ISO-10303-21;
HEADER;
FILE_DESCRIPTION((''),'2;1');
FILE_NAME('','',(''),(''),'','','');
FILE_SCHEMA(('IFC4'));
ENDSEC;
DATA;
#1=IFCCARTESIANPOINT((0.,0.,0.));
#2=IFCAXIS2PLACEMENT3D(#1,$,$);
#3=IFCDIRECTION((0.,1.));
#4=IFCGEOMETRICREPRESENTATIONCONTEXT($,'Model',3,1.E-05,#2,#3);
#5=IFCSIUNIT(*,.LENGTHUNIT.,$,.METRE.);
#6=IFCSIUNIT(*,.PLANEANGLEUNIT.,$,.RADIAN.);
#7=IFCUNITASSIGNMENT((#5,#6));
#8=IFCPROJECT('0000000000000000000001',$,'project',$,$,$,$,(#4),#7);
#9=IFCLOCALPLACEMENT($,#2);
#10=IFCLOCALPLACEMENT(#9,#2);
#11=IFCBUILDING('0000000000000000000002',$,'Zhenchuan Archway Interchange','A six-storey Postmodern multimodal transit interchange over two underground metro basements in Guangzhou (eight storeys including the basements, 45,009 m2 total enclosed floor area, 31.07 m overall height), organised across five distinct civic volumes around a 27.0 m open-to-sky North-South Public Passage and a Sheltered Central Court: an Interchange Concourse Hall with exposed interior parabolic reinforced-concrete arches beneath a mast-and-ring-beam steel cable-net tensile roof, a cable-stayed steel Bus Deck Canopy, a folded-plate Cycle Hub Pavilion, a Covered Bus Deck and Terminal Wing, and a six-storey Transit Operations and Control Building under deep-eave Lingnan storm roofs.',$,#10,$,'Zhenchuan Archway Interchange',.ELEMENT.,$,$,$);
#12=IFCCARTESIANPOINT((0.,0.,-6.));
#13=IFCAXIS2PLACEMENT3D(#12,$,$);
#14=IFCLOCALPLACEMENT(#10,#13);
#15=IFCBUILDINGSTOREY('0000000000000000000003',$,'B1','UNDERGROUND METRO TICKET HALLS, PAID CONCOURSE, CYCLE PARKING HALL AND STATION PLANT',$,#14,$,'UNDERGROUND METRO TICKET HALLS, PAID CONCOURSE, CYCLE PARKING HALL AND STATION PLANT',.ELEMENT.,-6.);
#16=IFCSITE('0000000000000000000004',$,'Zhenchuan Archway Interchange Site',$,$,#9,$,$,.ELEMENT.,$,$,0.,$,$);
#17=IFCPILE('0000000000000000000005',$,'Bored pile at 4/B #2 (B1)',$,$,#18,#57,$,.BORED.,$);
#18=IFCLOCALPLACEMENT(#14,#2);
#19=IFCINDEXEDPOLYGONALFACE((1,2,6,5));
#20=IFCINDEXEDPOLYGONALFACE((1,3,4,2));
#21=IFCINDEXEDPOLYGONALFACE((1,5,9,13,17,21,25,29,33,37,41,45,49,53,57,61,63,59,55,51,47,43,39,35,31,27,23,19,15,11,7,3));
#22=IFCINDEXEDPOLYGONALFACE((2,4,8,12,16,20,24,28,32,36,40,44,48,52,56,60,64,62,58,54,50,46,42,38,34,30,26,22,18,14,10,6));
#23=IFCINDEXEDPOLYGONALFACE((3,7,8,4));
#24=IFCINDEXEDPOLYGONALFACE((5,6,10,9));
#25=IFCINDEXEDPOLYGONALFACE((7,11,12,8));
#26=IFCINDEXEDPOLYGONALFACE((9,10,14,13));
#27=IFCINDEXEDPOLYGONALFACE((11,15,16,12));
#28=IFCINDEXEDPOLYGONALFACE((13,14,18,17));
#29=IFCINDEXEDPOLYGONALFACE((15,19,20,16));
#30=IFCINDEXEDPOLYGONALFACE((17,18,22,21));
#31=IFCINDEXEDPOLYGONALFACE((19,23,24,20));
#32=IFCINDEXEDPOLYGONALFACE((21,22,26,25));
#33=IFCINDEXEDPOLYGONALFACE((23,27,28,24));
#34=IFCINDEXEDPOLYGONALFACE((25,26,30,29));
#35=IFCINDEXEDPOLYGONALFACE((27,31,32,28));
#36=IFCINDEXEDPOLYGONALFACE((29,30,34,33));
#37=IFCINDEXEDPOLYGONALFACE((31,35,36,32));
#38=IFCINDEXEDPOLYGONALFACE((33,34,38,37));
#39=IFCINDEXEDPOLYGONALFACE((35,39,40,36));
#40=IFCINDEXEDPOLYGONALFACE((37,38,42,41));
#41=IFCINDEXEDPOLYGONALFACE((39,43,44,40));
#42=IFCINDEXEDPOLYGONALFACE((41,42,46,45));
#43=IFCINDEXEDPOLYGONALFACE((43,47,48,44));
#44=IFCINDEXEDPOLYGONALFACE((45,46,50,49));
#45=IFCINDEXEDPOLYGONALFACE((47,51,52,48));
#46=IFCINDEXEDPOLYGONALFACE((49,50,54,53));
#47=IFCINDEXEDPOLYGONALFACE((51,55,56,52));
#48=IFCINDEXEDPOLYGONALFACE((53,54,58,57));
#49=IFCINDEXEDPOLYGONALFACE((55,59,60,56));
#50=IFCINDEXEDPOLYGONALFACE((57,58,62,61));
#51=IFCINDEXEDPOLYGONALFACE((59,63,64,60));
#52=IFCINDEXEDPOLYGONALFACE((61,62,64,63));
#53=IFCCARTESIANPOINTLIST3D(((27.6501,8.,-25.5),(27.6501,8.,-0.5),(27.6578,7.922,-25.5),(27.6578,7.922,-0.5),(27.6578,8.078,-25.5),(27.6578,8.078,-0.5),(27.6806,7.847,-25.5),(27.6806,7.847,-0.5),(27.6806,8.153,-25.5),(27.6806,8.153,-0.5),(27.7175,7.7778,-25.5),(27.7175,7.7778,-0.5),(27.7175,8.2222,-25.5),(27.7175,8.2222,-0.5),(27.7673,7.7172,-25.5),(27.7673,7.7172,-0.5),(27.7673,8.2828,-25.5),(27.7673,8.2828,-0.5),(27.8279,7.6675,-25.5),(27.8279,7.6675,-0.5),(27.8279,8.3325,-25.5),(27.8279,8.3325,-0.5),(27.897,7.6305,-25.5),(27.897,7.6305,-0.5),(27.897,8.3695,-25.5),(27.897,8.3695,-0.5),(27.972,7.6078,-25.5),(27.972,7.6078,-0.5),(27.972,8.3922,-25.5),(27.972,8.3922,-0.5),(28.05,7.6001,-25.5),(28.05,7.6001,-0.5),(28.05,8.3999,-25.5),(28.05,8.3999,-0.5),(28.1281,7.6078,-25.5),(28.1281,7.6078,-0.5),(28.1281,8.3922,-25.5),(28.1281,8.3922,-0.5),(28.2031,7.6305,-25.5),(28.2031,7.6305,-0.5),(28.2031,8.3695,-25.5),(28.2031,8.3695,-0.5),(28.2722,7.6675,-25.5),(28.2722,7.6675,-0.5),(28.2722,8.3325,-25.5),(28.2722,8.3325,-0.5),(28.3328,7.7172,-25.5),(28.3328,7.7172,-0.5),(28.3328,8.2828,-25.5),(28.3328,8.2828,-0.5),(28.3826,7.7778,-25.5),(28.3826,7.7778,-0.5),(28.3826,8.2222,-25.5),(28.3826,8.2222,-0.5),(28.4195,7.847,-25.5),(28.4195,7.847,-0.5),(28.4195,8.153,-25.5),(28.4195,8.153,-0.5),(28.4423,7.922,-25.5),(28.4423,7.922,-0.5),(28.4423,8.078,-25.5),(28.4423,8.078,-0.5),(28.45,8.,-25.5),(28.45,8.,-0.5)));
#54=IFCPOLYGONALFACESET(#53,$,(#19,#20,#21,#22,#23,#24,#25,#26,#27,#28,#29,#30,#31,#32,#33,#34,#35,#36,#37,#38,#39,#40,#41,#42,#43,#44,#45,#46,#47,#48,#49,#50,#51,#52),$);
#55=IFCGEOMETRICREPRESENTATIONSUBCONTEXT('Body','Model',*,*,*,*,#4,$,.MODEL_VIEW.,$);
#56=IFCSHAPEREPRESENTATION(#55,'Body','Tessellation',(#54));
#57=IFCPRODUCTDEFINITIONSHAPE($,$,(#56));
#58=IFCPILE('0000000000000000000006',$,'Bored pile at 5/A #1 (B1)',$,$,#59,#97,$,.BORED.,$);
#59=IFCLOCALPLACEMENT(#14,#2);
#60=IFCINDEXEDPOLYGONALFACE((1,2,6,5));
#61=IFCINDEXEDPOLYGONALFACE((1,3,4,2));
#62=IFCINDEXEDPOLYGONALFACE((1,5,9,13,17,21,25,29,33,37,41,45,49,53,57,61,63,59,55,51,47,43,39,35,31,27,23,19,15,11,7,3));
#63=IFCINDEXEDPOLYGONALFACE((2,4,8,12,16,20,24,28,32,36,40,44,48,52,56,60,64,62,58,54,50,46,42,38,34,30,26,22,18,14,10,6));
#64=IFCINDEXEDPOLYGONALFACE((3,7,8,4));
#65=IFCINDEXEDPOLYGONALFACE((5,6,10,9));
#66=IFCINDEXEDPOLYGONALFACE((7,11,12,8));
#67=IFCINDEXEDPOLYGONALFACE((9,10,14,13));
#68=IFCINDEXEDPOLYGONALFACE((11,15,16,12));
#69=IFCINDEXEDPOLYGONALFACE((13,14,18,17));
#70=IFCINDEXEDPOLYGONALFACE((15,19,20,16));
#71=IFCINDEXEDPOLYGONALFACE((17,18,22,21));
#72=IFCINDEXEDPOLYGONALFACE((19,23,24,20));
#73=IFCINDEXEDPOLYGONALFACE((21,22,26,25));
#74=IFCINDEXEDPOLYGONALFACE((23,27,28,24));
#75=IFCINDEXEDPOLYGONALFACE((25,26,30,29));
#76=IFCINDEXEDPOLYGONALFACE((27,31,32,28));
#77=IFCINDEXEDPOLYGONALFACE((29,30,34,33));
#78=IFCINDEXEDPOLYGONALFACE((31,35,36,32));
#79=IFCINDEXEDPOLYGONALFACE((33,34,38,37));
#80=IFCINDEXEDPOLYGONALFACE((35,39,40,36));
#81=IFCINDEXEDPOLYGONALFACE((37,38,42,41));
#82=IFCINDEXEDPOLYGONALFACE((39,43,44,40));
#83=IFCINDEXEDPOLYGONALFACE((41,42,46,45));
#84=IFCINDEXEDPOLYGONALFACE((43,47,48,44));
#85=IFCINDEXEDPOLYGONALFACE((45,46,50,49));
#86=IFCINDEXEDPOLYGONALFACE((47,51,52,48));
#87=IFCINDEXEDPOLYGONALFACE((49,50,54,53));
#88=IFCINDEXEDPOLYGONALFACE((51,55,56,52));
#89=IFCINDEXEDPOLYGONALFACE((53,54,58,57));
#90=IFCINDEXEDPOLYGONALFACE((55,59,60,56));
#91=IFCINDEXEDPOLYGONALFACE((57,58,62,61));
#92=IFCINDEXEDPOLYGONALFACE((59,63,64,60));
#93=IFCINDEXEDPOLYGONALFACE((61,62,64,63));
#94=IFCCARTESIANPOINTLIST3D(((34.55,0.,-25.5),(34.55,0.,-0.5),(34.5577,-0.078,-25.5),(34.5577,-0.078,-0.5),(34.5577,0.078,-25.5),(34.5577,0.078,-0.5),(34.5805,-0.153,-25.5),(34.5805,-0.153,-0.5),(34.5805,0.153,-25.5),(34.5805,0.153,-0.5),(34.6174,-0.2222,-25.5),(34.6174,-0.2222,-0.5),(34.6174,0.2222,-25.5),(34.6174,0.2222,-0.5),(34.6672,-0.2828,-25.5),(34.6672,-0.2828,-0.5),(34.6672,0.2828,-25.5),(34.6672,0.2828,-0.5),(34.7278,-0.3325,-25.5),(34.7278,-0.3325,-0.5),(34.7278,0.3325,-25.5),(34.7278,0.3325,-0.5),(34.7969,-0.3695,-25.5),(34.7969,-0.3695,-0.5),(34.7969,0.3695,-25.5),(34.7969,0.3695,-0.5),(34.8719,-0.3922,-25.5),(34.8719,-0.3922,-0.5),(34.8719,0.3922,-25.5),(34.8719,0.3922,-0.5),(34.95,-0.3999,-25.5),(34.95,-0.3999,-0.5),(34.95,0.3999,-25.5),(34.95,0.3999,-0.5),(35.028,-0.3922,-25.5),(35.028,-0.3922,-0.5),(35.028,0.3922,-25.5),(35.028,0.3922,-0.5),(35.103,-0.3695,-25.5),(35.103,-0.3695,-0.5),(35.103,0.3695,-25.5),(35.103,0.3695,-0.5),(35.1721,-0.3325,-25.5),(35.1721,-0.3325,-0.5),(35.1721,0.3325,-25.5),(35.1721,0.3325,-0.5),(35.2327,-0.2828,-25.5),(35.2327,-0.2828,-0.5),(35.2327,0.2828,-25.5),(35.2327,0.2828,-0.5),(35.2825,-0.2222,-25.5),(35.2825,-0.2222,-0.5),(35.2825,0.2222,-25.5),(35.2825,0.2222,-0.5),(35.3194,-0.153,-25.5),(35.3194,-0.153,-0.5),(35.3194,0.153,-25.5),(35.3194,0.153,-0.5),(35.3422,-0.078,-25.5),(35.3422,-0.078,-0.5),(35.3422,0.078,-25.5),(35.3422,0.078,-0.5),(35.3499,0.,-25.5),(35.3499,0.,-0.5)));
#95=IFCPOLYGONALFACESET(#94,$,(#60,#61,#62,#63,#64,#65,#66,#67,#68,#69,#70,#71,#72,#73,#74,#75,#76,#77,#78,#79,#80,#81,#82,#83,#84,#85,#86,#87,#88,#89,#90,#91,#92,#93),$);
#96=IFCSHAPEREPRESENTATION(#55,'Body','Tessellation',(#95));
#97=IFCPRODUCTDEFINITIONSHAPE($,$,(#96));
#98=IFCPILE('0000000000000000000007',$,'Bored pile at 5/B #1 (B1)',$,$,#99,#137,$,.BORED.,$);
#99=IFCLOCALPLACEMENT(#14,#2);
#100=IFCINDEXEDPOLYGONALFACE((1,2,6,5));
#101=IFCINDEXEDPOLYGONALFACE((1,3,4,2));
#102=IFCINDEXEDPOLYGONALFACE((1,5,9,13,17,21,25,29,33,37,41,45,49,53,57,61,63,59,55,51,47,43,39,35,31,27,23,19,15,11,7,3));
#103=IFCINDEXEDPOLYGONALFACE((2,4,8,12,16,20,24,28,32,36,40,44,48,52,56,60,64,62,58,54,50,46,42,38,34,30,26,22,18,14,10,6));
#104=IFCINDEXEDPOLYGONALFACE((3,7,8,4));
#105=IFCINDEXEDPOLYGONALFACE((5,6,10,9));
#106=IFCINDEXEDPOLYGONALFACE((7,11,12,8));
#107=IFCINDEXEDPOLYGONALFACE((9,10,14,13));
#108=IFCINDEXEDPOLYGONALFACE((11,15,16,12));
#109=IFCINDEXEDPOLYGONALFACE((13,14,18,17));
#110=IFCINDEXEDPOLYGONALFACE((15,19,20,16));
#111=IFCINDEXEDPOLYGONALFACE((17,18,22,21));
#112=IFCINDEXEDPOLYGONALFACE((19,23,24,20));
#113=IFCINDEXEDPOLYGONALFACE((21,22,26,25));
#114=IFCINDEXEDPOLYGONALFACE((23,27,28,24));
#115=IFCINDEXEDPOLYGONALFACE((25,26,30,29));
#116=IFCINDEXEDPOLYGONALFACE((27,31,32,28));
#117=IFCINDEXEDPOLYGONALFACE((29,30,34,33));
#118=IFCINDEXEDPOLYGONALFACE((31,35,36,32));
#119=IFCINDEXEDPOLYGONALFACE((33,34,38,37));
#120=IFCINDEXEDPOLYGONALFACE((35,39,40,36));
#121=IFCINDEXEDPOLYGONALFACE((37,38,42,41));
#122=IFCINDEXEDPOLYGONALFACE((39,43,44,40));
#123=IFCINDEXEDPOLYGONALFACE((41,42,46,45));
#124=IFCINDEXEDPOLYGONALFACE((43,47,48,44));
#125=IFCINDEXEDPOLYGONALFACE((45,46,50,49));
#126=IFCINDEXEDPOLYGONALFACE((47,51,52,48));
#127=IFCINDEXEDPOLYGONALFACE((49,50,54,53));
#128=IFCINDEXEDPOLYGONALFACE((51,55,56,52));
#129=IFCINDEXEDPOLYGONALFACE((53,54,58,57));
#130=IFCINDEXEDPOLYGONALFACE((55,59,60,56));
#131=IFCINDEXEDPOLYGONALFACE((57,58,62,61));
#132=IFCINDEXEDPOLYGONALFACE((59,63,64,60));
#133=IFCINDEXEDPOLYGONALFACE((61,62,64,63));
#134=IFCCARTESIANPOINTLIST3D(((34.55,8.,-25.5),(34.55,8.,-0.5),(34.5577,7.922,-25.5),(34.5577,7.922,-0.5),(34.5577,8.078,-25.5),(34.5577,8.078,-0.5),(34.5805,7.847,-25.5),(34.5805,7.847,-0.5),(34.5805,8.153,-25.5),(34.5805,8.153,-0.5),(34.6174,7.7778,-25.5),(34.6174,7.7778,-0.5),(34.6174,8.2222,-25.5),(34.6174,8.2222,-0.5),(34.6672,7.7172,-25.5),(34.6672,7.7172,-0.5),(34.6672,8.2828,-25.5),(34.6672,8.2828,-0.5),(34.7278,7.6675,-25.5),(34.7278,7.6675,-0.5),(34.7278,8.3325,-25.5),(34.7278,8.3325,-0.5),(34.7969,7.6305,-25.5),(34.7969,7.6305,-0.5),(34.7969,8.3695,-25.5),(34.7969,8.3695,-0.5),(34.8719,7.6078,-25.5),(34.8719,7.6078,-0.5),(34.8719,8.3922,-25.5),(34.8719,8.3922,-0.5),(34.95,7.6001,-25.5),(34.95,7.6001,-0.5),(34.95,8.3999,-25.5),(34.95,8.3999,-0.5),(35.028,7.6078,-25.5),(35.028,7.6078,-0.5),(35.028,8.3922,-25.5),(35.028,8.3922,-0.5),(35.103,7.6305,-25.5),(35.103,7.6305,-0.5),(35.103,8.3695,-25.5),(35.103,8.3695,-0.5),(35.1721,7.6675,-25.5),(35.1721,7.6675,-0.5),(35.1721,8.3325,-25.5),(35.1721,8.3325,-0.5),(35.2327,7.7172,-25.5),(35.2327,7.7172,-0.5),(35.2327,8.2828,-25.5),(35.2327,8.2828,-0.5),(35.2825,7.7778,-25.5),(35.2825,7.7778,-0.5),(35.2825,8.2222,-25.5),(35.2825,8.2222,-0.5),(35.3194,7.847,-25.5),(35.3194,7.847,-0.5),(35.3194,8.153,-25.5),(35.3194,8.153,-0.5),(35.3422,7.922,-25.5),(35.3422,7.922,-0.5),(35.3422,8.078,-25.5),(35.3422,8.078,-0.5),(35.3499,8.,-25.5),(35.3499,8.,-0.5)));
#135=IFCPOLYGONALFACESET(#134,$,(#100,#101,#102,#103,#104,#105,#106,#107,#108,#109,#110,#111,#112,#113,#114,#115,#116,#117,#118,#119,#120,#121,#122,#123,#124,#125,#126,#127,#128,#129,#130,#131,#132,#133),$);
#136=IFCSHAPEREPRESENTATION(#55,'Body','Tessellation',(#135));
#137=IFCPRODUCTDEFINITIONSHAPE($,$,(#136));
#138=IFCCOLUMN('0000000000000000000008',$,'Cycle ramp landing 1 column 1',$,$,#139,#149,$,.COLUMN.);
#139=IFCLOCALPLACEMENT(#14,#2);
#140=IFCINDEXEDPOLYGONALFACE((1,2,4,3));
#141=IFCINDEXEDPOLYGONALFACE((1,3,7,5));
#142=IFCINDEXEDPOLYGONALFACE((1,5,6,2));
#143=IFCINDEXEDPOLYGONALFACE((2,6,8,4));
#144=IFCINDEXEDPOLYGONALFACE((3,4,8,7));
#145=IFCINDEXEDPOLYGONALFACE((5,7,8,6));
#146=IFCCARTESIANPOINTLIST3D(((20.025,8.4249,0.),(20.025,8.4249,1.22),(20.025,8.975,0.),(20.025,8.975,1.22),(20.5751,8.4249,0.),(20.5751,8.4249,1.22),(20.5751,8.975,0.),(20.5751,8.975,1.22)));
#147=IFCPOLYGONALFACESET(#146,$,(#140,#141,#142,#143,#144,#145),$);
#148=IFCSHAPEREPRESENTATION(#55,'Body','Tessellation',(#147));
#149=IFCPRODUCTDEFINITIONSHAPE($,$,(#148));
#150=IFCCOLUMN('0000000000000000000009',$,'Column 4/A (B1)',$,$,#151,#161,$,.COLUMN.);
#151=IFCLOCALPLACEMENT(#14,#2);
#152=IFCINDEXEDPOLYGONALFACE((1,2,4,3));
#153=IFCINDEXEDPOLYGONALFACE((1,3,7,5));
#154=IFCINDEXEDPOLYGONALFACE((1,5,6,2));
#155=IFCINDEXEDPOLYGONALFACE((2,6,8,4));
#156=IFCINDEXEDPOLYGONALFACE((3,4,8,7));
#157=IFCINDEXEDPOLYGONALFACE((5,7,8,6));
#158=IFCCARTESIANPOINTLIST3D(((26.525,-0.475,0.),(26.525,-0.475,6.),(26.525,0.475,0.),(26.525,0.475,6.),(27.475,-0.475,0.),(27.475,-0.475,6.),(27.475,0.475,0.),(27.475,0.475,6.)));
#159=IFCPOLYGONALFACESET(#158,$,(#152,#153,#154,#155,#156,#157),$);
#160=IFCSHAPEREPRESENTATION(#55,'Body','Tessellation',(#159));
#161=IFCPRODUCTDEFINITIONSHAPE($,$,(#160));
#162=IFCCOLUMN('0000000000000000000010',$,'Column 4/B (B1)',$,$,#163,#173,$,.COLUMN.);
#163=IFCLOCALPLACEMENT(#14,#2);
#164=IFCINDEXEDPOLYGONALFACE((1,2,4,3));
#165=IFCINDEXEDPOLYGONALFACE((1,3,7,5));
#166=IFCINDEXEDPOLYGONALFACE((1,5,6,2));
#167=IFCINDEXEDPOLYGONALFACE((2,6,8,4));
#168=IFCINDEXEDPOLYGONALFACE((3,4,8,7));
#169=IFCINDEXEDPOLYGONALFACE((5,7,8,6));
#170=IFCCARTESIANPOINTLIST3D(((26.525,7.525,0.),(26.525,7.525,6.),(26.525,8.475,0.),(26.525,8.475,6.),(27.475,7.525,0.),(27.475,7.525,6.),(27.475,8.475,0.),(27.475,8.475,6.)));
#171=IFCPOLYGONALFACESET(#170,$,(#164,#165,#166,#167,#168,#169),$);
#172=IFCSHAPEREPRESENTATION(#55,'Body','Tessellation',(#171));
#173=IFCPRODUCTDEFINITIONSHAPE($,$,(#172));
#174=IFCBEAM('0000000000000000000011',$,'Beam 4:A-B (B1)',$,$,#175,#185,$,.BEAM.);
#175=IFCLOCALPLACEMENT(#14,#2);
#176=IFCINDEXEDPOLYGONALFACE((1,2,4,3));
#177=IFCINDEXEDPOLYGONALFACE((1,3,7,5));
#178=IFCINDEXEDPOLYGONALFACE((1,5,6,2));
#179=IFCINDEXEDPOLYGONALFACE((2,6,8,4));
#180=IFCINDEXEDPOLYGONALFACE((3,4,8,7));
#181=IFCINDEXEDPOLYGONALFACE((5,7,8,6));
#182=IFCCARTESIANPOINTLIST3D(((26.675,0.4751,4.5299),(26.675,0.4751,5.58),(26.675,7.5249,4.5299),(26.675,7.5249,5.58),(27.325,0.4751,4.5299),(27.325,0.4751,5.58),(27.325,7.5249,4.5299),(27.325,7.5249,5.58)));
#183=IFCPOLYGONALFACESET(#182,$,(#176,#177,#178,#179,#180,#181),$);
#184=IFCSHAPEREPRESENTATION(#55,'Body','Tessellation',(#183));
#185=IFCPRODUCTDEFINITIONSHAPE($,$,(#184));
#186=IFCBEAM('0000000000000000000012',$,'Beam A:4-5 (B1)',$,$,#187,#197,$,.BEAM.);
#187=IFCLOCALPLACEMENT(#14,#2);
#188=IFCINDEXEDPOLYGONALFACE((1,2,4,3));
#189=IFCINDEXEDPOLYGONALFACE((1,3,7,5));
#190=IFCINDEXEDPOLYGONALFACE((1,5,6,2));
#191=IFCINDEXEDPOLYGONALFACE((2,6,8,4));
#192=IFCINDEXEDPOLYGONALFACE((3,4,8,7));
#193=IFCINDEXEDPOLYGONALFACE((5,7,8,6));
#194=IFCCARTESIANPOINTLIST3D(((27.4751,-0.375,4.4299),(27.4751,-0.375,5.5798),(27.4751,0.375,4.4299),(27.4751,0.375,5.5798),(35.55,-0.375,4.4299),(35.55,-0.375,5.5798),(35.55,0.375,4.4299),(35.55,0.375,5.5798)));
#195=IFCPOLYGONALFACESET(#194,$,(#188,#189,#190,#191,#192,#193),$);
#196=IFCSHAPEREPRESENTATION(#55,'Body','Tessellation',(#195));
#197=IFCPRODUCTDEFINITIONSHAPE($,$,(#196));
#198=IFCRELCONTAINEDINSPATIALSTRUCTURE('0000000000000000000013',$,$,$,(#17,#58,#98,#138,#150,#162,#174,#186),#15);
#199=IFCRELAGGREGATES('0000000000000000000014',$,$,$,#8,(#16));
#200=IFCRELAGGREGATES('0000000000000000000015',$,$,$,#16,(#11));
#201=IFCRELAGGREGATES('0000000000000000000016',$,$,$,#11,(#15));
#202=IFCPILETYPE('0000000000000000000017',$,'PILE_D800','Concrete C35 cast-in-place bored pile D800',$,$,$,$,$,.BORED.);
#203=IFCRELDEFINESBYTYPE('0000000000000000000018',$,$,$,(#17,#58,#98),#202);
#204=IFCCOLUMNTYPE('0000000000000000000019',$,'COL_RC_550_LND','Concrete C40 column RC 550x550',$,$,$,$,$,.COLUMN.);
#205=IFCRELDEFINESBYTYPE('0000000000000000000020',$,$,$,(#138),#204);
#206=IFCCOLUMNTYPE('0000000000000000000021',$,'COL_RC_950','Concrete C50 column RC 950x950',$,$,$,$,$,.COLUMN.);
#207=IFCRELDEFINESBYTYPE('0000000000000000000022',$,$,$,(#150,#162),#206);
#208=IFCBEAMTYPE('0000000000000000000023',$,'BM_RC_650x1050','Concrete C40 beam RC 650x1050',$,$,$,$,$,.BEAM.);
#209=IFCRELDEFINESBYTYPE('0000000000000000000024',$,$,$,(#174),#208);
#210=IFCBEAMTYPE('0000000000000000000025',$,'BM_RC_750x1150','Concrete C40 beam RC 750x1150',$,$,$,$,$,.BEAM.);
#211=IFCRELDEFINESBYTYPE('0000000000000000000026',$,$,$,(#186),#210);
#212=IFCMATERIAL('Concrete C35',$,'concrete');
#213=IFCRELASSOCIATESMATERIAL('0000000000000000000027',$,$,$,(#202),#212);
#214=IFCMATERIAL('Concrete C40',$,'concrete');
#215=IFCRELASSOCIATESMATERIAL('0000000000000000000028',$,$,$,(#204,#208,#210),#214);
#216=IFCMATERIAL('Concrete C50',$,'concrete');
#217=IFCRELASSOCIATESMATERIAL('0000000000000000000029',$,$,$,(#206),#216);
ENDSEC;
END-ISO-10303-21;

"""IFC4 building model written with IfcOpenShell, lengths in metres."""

from ifc_helpers import new_model, si_unit, direction, frame, origin, origin_2d, place, context, subcontext, project, spatial, rectangle, circle, extrude, material, material_profile, profile_set, type_object, element, save


model = new_model("IFC4")

# Units and contexts
model_context = context("Model", 3, precision=1e-05, world=origin(), true_north=direction((0.0, 1.0)))
body_context = subcontext(model_context, "Body", "Model", "MODEL_VIEW")
ifc_project = project(units=[si_unit("LENGTHUNIT", "METRE"), si_unit("PLANEANGLEUNIT", "RADIAN")], contexts=[model_context])

# Site, building, storey
site_placement = place(None, origin())
site = spatial("IfcSite", under=ifc_project, at=site_placement, Name="Zhenchuan Archway Interchange Site", CompositionType="ELEMENT", RefElevation=0.0)
building_placement = place(site_placement, origin())
building = spatial("IfcBuilding", under=site, at=building_placement, Name="Zhenchuan Archway Interchange", Description="A six-storey Postmodern multimodal transit interchange over two underground metro basements in Guangzhou (eight storeys including the basements, 45,009 m2 total enclosed floor area, 31.07 m overall height), organised across five distinct civic volumes around a 27.0 m open-to-sky North-South Public Passage and a Sheltered Central Court: an Interchange Concourse Hall with exposed interior parabolic reinforced-concrete arches beneath a mast-and-ring-beam steel cable-net tensile roof, a cable-stayed steel Bus Deck Canopy, a folded-plate Cycle Hub Pavilion, a Covered Bus Deck and Terminal Wing, and a six-storey Transit Operations and Control Building under deep-eave Lingnan storm roofs.", LongName="Zhenchuan Archway Interchange", CompositionType="ELEMENT")
storey_placement = place(building_placement, frame((0.0, 0.0, -6.0)))
storey = spatial("IfcBuildingStorey", under=building, at=storey_placement, Name="B1", Description="UNDERGROUND METRO TICKET HALLS, PAID CONCOURSE, CYCLE PARKING HALL AND STATION PLANT", LongName="UNDERGROUND METRO TICKET HALLS, PAID CONCOURSE, CYCLE PARKING HALL AND STATION PLANT", CompositionType="ELEMENT", Elevation=-6.0)

# Shared definitions
ifc_material_1 = material(Name="Concrete C40", Category="concrete")

# Piles
ifc_material_2 = material(Name="Concrete C35", Category="concrete")
ifc_material_profile_1 = material_profile(ifc_material_2, circle(Radius=0.3999, at=origin_2d()), Name="BORED PILE 800")
ifc_profile_set_1 = profile_set([ifc_material_profile_1], Name="Concrete C35")
pile_type = type_object("IfcPileType", Name="PILE_D800", Description="Concrete C35 cast-in-place bored pile D800", PredefinedType="BORED", material=ifc_profile_set_1)
for number, where, z_axis, x_axis, name in (
    (1, (28.05, 8.0, -0.5), (0.0, 0.0, -1.0), (1.0, 0.0, 0.0), "Bored pile at 4/B #2 (B1)"),
    (2, (34.95, 0.0, -0.5), (0.0, 0.0, -1.0), (1.0, 0.0, 0.0), "Bored pile at 5/A #1 (B1)"),
    (3, (34.95, 8.0, -0.5), (0.0, 0.0, -1.0), (1.0, 0.0, 0.0), "Bored pile at 5/B #1 (B1)"),
):
    element("IfcPile", number, at=place(storey_placement, frame(where, z_axis=z_axis, x_axis=x_axis)), inside=storey, type_object=pile_type, Name=name, PredefinedType="BORED", context=body_context, shape_type="SweptSolid", body=[
        extrude(circle(Radius=0.3999, at=origin_2d()), origin(), (0.0, 0.0, 1.0), 25.0),
    ])

# Columns
ifc_material_profile_2 = material_profile(ifc_material_1, rectangle(XDim=0.55, YDim=0.55, at=origin_2d()), Name="RC 550x550")
ifc_profile_set_2 = profile_set([ifc_material_profile_2], Name="Concrete C40")
column_type_1 = type_object("IfcColumnType", Name="COL_RC_550_LND", Description="Concrete C40 column RC 550x550", PredefinedType="COLUMN", material=ifc_profile_set_2)
column_placement = place(storey_placement, frame((20.3, 8.7, 0.0), z_axis=(0.0, 0.0, 1.0), x_axis=(1.0, 0.0, 0.0)))
element("IfcColumn", 4, at=column_placement, inside=storey, type_object=column_type_1, Name="Cycle ramp landing 1 column 1", PredefinedType="COLUMN", context=body_context, shape_type="SweptSolid", body=[
    extrude(rectangle(XDim=0.55, YDim=0.55, at=origin_2d()), origin(), (0.0, 0.0, 1.0), 1.22),
])
ifc_material_3 = material(Name="Concrete C50", Category="concrete")
ifc_material_profile_3 = material_profile(ifc_material_3, rectangle(XDim=0.95, YDim=0.95, at=origin_2d()), Name="RC 950x950")
ifc_profile_set_3 = profile_set([ifc_material_profile_3], Name="Concrete C50")
column_type_2 = type_object("IfcColumnType", Name="COL_RC_950", Description="Concrete C50 column RC 950x950", PredefinedType="COLUMN", material=ifc_profile_set_3)
for number, where, z_axis, x_axis, name in (
    (5, (27.0, 0.0, 0.0), (0.0, 0.0, 1.0), (1.0, 0.0, 0.0), "Column 4/A (B1)"),
    (6, (27.0, 8.0, 0.0), (0.0, 0.0, 1.0), (1.0, 0.0, 0.0), "Column 4/B (B1)"),
):
    element("IfcColumn", number, at=place(storey_placement, frame(where, z_axis=z_axis, x_axis=x_axis)), inside=storey, type_object=column_type_2, Name=name, PredefinedType="COLUMN", context=body_context, shape_type="SweptSolid", body=[
        extrude(rectangle(XDim=0.95, YDim=0.95, at=origin_2d()), origin(), (0.0, 0.0, 1.0), 6.0),
    ])

# Beams
ifc_material_profile_4 = material_profile(ifc_material_1, rectangle(XDim=0.6499, YDim=1.05, at=origin_2d()), Name="RC 650x1050")
ifc_profile_set_4 = profile_set([ifc_material_profile_4], Name="Concrete C40")
beam_type_1 = type_object("IfcBeamType", Name="BM_RC_650x1050", Description="Concrete C40 beam RC 650x1050", PredefinedType="BEAM", material=ifc_profile_set_4)
beam_1_placement = place(storey_placement, frame((27.0, 0.4751, 5.0549), z_axis=(0.0, 1.0, 0.0), x_axis=(-1.0, 0.0, 0.0)))
element("IfcBeam", 7, at=beam_1_placement, inside=storey, type_object=beam_type_1, Name="Beam 4:A-B (B1)", PredefinedType="BEAM", context=body_context, shape_type="SweptSolid", body=[
    extrude(rectangle(XDim=0.6499, YDim=1.05, at=origin_2d()), origin(), (0.0, 0.0, 1.0), 7.0498),
])
ifc_material_profile_5 = material_profile(ifc_material_1, rectangle(XDim=0.75, YDim=1.1499, at=origin_2d()), Name="RC 750x1150")
ifc_profile_set_5 = profile_set([ifc_material_profile_5], Name="Concrete C40")
beam_type_2 = type_object("IfcBeamType", Name="BM_RC_750x1150", Description="Concrete C40 beam RC 750x1150", PredefinedType="BEAM", material=ifc_profile_set_5)
for number, where, z_axis, x_axis, name in (
    (8, (27.4751, 0.0, 5.0049), (1.0, 0.0, 0.0), (0.0, 1.0, 0.0), "Beam A:4-5 (B1)"),
):
    element("IfcBeam", number, at=place(storey_placement, frame(where, z_axis=z_axis, x_axis=x_axis)), inside=storey, type_object=beam_type_2, Name=name, PredefinedType="BEAM", context=body_context, shape_type="SweptSolid", body=[
        extrude(rectangle(XDim=0.75, YDim=1.1499, at=origin_2d()), origin(), (0.0, 0.0, 1.0), 8.075),
    ])

save(model, "model.ifc")
